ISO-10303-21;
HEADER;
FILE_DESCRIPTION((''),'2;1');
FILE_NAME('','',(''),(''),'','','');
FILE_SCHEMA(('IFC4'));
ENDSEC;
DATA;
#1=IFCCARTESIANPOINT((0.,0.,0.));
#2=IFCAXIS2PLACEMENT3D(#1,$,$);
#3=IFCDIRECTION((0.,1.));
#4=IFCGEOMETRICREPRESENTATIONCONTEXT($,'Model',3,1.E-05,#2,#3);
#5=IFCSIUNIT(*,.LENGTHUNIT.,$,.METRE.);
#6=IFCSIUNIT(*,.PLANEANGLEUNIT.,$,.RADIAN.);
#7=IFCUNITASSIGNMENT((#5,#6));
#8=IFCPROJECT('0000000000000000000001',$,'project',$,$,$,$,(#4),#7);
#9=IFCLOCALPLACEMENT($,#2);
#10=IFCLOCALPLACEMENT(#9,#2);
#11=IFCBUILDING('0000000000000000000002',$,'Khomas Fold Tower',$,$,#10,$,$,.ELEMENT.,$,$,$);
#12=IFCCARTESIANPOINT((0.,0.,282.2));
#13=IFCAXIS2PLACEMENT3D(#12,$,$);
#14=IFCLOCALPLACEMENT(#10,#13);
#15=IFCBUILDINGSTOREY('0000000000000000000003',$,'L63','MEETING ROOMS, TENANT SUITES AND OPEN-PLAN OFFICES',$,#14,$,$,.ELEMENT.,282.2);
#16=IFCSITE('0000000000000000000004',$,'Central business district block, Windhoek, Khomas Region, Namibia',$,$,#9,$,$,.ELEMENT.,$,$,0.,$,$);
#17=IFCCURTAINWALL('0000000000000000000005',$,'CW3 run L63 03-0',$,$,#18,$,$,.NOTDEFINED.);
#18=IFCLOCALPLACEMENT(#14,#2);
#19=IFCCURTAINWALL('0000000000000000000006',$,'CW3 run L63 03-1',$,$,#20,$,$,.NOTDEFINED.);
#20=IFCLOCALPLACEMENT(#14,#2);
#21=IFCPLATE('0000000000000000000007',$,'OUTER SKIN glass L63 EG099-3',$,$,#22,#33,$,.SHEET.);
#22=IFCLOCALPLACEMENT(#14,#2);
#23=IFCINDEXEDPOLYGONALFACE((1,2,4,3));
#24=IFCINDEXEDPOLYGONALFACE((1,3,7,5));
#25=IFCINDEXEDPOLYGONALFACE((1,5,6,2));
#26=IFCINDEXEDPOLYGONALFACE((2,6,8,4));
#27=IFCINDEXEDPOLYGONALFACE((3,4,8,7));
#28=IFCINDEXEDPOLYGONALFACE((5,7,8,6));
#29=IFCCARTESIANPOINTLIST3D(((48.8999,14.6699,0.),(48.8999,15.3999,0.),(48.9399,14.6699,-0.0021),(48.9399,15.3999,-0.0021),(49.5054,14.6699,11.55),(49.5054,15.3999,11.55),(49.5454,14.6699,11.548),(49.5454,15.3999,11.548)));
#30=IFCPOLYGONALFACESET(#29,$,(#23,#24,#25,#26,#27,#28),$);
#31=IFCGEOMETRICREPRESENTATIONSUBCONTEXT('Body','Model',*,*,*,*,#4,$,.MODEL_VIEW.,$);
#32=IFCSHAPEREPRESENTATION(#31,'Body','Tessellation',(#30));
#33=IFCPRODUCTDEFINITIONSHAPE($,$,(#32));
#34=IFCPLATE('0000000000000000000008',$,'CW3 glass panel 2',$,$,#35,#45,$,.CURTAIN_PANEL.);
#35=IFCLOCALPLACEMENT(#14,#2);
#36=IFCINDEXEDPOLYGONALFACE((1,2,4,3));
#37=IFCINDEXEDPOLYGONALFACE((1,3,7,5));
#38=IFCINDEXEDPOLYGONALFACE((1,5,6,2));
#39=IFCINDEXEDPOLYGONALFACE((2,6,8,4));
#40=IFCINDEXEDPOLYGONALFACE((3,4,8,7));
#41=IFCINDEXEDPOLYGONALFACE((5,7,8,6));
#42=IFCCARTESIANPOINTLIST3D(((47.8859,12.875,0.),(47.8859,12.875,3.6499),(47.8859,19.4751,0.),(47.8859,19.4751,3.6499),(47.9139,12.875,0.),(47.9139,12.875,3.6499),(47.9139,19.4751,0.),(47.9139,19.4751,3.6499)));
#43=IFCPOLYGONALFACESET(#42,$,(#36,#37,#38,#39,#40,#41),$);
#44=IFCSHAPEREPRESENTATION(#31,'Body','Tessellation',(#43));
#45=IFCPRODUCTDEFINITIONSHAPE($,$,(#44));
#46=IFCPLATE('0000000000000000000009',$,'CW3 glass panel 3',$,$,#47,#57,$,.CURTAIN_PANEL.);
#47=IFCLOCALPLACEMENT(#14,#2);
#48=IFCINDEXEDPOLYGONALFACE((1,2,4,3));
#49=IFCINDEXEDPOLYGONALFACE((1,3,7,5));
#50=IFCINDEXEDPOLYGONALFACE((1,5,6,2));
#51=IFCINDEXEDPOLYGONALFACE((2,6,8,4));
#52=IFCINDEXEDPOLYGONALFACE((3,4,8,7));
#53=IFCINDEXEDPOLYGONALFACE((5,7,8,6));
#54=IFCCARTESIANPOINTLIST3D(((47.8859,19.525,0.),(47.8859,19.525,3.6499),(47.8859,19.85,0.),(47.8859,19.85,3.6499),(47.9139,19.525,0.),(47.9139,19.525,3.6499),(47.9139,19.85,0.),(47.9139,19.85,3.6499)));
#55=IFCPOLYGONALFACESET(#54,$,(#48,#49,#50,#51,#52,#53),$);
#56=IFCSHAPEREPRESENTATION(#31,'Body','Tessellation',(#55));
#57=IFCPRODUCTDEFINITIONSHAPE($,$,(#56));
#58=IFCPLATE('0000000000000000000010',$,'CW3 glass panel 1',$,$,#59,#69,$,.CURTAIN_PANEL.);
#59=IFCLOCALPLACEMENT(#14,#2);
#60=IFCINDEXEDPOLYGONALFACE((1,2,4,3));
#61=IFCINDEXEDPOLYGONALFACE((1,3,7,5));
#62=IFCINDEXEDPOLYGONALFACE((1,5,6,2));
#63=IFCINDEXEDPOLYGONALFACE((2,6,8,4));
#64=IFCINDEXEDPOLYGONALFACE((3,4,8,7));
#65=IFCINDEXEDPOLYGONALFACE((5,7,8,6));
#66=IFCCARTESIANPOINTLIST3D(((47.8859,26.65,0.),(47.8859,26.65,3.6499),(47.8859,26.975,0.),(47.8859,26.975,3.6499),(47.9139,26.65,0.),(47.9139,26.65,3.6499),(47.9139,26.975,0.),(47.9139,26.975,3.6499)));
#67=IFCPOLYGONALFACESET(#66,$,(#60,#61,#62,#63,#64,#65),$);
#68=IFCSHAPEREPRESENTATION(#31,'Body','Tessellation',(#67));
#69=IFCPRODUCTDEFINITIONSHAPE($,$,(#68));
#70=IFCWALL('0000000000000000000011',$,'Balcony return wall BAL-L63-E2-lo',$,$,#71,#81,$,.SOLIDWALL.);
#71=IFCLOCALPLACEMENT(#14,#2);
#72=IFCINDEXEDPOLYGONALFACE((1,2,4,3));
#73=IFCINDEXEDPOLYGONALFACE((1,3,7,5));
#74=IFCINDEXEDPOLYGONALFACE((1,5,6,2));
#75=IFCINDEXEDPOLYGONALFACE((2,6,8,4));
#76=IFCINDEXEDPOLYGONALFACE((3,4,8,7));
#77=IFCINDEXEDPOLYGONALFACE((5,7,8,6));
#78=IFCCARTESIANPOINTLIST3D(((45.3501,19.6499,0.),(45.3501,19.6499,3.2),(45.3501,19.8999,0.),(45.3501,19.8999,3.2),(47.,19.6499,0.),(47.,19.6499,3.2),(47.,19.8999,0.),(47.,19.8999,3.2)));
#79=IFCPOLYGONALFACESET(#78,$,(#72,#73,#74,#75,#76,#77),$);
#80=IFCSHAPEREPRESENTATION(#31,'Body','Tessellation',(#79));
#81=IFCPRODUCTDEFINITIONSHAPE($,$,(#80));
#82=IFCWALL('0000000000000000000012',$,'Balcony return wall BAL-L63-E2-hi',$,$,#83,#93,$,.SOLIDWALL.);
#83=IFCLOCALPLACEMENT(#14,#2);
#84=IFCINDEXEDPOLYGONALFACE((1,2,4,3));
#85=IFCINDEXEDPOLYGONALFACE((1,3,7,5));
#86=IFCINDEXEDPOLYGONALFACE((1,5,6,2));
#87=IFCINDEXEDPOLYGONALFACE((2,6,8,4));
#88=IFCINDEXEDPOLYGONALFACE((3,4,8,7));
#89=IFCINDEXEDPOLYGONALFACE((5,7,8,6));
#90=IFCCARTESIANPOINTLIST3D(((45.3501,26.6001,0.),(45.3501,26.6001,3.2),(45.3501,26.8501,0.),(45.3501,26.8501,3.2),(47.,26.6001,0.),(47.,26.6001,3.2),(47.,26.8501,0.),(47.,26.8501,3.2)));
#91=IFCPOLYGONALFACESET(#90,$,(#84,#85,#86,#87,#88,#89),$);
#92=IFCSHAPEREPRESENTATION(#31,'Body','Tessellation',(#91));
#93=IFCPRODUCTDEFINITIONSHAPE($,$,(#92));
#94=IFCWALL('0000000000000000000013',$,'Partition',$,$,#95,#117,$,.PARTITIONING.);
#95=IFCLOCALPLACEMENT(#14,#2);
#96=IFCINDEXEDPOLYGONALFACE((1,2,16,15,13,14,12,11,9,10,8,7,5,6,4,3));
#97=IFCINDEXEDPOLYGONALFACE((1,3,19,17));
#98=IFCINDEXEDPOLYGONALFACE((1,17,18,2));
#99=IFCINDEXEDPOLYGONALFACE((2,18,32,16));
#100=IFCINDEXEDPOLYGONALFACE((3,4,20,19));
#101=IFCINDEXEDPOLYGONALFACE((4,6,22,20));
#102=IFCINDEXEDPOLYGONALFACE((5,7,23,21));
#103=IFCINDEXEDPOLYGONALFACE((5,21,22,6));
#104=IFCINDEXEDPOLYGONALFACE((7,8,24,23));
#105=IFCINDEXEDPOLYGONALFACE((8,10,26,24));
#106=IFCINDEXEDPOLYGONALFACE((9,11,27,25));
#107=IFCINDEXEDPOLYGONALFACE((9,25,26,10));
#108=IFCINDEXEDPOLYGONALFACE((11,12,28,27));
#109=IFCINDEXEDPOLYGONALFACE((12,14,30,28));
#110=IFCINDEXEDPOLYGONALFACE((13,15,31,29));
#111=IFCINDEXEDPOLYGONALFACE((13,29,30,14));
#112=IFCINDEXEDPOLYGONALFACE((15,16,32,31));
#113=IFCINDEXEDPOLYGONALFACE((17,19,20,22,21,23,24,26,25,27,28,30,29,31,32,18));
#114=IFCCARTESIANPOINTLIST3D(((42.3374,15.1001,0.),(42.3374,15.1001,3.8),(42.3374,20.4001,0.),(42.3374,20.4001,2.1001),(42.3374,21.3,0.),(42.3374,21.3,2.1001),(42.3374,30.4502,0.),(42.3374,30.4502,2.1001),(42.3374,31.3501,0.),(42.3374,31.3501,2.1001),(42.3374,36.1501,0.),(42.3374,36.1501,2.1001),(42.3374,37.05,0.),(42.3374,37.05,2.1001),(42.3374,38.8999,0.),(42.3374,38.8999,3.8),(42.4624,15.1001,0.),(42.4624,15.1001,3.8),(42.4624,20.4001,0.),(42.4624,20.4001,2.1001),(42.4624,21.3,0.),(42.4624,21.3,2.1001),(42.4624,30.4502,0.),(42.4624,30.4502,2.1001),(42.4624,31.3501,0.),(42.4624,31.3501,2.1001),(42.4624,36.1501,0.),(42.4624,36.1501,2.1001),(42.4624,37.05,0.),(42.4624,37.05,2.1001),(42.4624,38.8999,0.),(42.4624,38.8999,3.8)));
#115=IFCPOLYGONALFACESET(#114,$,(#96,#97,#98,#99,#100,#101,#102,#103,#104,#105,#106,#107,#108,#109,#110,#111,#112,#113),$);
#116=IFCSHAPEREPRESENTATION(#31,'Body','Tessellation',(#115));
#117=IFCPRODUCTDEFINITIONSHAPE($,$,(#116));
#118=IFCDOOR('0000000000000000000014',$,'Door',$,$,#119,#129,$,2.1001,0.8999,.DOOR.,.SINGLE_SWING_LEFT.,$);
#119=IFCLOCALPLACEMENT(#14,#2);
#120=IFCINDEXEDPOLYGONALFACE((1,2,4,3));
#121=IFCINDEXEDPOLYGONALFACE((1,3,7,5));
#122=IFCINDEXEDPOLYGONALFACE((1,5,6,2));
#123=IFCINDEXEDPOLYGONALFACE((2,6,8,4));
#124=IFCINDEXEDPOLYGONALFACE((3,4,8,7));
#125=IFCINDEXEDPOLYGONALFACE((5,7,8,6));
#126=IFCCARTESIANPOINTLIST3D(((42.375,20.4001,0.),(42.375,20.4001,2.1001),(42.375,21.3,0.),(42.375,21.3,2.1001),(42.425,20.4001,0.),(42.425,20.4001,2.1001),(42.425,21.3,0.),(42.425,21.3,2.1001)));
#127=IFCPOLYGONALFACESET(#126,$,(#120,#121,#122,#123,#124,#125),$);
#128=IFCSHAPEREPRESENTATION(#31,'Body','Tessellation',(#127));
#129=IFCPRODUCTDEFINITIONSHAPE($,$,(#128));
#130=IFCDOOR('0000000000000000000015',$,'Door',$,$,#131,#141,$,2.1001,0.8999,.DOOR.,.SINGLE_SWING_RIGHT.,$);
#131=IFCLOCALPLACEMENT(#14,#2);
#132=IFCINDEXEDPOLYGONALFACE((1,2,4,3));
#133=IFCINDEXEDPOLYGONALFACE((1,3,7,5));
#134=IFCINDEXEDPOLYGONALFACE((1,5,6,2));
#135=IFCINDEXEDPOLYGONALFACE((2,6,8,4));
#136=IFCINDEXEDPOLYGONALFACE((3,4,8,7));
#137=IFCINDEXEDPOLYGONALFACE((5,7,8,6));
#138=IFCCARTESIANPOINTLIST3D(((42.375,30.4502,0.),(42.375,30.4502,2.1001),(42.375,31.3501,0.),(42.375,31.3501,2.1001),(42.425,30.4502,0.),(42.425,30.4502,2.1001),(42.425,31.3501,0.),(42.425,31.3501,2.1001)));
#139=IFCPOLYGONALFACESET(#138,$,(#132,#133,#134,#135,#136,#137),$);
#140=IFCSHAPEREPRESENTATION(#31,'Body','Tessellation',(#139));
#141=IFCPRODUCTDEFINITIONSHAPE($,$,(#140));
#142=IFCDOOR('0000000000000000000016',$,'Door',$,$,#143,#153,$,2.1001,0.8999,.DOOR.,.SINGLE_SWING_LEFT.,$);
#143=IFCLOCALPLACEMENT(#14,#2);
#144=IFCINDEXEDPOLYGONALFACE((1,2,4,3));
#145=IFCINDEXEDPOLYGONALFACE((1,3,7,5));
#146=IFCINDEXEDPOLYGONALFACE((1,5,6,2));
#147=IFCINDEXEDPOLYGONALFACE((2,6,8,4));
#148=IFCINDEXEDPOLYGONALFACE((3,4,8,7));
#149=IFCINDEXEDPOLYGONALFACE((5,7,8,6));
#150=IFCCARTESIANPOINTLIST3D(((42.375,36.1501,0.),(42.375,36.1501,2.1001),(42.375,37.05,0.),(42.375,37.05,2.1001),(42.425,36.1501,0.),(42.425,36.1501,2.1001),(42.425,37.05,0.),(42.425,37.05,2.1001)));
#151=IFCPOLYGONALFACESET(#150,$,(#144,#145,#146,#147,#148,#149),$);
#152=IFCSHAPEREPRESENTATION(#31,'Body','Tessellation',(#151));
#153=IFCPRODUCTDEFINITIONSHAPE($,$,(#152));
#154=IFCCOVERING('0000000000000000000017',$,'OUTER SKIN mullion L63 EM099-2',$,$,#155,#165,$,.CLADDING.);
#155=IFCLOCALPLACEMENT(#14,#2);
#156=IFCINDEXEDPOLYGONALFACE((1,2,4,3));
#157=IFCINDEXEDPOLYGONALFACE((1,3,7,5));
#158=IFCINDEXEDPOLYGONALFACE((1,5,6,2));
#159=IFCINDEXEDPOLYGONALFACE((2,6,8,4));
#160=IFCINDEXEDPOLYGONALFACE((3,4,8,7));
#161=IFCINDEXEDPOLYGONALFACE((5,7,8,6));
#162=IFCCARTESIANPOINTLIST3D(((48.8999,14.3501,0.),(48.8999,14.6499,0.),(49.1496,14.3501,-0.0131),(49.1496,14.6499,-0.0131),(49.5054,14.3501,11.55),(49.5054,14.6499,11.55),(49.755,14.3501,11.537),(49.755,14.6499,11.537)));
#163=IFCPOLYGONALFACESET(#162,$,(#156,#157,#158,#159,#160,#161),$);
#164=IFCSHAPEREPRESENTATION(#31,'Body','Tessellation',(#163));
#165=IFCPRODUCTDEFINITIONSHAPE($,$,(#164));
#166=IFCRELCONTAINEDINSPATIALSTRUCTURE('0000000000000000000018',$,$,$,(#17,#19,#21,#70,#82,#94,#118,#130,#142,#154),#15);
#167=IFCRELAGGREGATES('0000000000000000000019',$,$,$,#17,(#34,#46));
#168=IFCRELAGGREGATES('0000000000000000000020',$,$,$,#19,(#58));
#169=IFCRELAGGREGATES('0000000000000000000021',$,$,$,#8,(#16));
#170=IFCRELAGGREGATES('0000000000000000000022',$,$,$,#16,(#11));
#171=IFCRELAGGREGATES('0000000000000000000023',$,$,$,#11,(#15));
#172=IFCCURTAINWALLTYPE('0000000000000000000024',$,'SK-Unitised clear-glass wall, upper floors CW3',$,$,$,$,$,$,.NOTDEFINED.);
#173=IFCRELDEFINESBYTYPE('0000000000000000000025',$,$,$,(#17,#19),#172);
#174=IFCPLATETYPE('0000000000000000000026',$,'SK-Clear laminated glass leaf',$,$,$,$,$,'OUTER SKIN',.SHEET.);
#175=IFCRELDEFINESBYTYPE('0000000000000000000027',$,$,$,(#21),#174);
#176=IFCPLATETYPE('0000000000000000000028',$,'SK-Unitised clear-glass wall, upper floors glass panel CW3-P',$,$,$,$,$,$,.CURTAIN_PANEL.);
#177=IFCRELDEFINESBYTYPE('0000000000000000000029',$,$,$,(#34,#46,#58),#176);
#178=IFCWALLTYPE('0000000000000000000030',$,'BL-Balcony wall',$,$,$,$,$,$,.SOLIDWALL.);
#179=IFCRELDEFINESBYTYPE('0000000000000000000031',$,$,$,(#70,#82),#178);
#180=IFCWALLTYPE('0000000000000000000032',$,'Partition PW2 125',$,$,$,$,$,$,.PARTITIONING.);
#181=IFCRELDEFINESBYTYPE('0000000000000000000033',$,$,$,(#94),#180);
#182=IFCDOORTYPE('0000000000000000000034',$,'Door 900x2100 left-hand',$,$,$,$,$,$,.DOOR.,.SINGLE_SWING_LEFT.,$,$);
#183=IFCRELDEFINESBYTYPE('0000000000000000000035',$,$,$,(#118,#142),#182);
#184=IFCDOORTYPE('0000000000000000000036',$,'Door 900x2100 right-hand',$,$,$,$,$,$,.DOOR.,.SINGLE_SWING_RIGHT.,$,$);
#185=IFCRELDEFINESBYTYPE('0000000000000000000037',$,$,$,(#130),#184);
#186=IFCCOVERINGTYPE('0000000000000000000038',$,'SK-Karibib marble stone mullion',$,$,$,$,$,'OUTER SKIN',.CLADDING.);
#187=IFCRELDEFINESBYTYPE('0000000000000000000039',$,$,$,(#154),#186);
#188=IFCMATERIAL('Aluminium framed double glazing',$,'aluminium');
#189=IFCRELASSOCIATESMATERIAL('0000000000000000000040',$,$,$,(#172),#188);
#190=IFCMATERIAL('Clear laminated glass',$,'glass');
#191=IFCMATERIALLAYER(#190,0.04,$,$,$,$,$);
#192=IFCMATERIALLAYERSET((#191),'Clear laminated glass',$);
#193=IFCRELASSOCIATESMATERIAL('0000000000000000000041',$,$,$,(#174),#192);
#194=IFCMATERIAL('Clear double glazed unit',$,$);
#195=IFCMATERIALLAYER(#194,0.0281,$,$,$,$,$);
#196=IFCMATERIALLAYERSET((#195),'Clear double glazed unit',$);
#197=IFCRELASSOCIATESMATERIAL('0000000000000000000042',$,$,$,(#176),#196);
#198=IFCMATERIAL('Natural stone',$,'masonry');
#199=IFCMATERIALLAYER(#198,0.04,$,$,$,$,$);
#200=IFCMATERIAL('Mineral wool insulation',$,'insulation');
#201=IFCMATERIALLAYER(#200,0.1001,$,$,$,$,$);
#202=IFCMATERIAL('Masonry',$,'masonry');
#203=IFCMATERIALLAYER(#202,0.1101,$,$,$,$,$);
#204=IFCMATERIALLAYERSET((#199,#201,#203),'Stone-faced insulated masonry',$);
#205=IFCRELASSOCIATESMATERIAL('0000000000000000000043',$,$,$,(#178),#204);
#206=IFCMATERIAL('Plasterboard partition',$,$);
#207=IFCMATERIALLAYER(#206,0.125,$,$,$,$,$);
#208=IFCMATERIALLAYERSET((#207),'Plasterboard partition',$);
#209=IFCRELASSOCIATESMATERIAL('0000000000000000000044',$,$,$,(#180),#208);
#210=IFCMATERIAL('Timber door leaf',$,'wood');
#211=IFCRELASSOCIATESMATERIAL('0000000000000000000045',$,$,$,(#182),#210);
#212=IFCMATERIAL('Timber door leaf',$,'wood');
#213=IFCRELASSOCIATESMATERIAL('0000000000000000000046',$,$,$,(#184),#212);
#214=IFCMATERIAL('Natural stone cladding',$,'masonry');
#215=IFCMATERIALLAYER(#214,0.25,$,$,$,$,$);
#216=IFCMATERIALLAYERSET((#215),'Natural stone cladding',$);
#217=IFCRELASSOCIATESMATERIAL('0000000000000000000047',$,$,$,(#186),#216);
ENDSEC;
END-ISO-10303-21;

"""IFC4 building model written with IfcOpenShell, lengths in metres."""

from ifc_helpers import new_model, si_unit, direction, frame, frame_2d, origin, origin_2d, place, context, subcontext, project, spatial, polyline, rectangle, outline, extrude, source, transform, mapped, material, layer, layer_set, type_object, element, fill, aggregate, save


model = new_model("IFC4")

# Units and contexts
model_context = context("Model", 3, precision=1e-05, world=origin(), true_north=direction((0.0, 1.0)))
body_context = subcontext(model_context, "Body", "Model", "MODEL_VIEW")
ifc_project = project(units=[si_unit("LENGTHUNIT", "METRE"), si_unit("PLANEANGLEUNIT", "RADIAN")], contexts=[model_context])

# Site, building, storey
site_placement = place(None, origin())
site = spatial("IfcSite", under=ifc_project, at=site_placement, Name="Central business district block, Windhoek, Khomas Region, Namibia", CompositionType="ELEMENT", RefElevation=0.0)
building_placement = place(site_placement, origin())
building = spatial("IfcBuilding", under=site, at=building_placement, Name="Khomas Fold Tower", CompositionType="ELEMENT")
storey_placement = place(building_placement, frame((0.0, 0.0, 282.2)))
storey = spatial("IfcBuildingStorey", under=building, at=storey_placement, Name="L63", Description="MEETING ROOMS, TENANT SUITES AND OPEN-PLAN OFFICES", CompositionType="ELEMENT", Elevation=282.2)

# Curtain wall
ifc_material_1 = material(Name="Aluminium framed double glazing", Category="aluminium")
curtain_wall_type = type_object("IfcCurtainWallType", Name="SK-Unitised clear-glass wall, upper floors CW3", PredefinedType="NOTDEFINED", material=ifc_material_1)
curtain_wall_1_placement = place(storey_placement, origin())
curtain_wall_1 = element("IfcCurtainWall", 1, at=curtain_wall_1_placement, inside=storey, type_object=curtain_wall_type, Name="CW3 run L63 03-0", PredefinedType="NOTDEFINED")

# Curtain wall
curtain_wall_2_placement = place(storey_placement, origin())
curtain_wall_2 = element("IfcCurtainWall", 2, at=curtain_wall_2_placement, inside=storey, type_object=curtain_wall_type, Name="CW3 run L63 03-1", PredefinedType="NOTDEFINED")

# Plates
ifc_material_2 = material(Name="Clear laminated glass", Category="glass")
ifc_layer_1 = layer(ifc_material_2, 0.04)
ifc_layer_set_1 = layer_set([ifc_layer_1], Name="Clear laminated glass")
plate_type_1 = type_object("IfcPlateType", Name="SK-Clear laminated glass leaf", ElementType="OUTER SKIN", PredefinedType="SHEET", material=ifc_layer_set_1)
plate_1_placement = place(storey_placement, frame((48.8999, 15.3999, 0.0), z_axis=(-0.998629, 0.0, 0.052349), x_axis=(0.0, -1.0, 0.0)))
element("IfcPlate", 3, at=plate_1_placement, inside=storey, type_object=plate_type_1, Name="OUTER SKIN glass L63 EG099-3", PredefinedType="SHEET", context=body_context, shape_type="SweptSolid", body=[
    extrude(outline(polyline([(0.0, 0.0), (0.73, 0.0), (0.73, 11.5659), (0.0, 11.5659), (0.0, 0.0)])), origin(), (0.0, 0.0, -1.0), 0.04),
])
ifc_material_3 = material(Name="Clear double glazed unit")
ifc_layer_2 = layer(ifc_material_3, 0.0281)
ifc_layer_set_2 = layer_set([ifc_layer_2], Name="Clear double glazed unit")
plate_type_2 = type_object("IfcPlateType", Name="SK-Unitised clear-glass wall, upper floors glass panel CW3-P", PredefinedType="CURTAIN_PANEL", material=ifc_layer_set_2)
shared_shape_1 = source(origin(), body_context, "Body", "SweptSolid", [
    extrude(rectangle(XDim=6.6001, YDim=0.0281, at=origin_2d()), origin(), (0.0, 0.0, 1.0), 3.6499),
])
plate_2_placement = place(storey_placement, frame((47.8999, 16.175, 0.0), z_axis=(0.0, 0.0, 1.0), x_axis=(0.0, 1.0, 0.0)))
plate_2 = element("IfcPlate", 4, at=plate_2_placement, type_object=plate_type_2, Name="CW3 glass panel 2", PredefinedType="CURTAIN_PANEL", context=body_context, shape_type="MappedRepresentation", body=[
    mapped(shared_shape_1, transform((0.0, 0.0, 0.0))),
])
shared_shape_2 = source(origin(), body_context, "Body", "SweptSolid", [
    extrude(rectangle(XDim=0.325, YDim=0.0281, at=origin_2d()), origin(), (0.0, 0.0, 1.0), 3.6499),
])
plate_3_placement = place(storey_placement, frame((47.8999, 19.6875, 0.0), z_axis=(0.0, 0.0, 1.0), x_axis=(0.0, 1.0, 0.0)))
plate_3 = element("IfcPlate", 5, at=plate_3_placement, type_object=plate_type_2, Name="CW3 glass panel 3", PredefinedType="CURTAIN_PANEL", context=body_context, shape_type="MappedRepresentation", body=[
    mapped(shared_shape_2, transform((0.0, 0.0, 0.0))),
])
aggregate(curtain_wall_1, [plate_2, plate_3])
plate_4_placement = place(storey_placement, frame((47.8999, 26.8125, 0.0), z_axis=(0.0, 0.0, 1.0), x_axis=(0.0, 1.0, 0.0)))
plate_4 = element("IfcPlate", 6, at=plate_4_placement, type_object=plate_type_2, Name="CW3 glass panel 1", PredefinedType="CURTAIN_PANEL", context=body_context, shape_type="MappedRepresentation", body=[
    mapped(shared_shape_2, transform((0.0, 0.0, 0.0))),
])
aggregate(curtain_wall_2, [plate_4])

# Shared definitions
ifc_material_4 = material(Name="Natural stone", Category="masonry")
ifc_layer_3 = layer(ifc_material_4, 0.04)
ifc_material_5 = material(Name="Mineral wool insulation", Category="insulation")
ifc_layer_4 = layer(ifc_material_5, 0.1001)
ifc_material_6 = material(Name="Masonry", Category="masonry")
ifc_layer_5 = layer(ifc_material_6, 0.1101)
ifc_layer_set_3 = layer_set([ifc_layer_3, ifc_layer_4, ifc_layer_5], Name="Stone-faced insulated masonry")
wall_type_1 = type_object("IfcWallType", Name="BL-Balcony wall", PredefinedType="SOLIDWALL", material=ifc_layer_set_3)

# Walls
shared_shape_3 = source(origin(), body_context, "Body", "SweptSolid", [
    extrude(rectangle(XDim=1.6499, YDim=0.25, at=frame_2d((0.825, 0.0))), origin(), (0.0, 0.0, 1.0), 3.2),
])
for number, where, z_axis, x_axis, name in (
    (7, (47.0, 19.7749, 0.0), (0.0, 0.0, 1.0), (-1.0, 0.0, 0.0), "Balcony return wall BAL-L63-E2-lo"),
    (8, (47.0, 26.7251, 0.0), (0.0, 0.0, 1.0), (-1.0, 0.0, 0.0), "Balcony return wall BAL-L63-E2-hi"),
):
    element("IfcWall", number, at=place(storey_placement, frame(where, z_axis=z_axis, x_axis=x_axis)), inside=storey, type_object=wall_type_1, Name=name, PredefinedType="SOLIDWALL", context=body_context, shape_type="MappedRepresentation", body=[
        mapped(shared_shape_3, transform((0.0, 0.0, 0.0))),
    ])

# Wall, openings, doors
ifc_material_7 = material(Name="Plasterboard partition")
ifc_layer_6 = layer(ifc_material_7, 0.125)
ifc_layer_set_4 = layer_set([ifc_layer_6], Name="Plasterboard partition")
wall_type_2 = type_object("IfcWallType", Name="Partition PW2 125", PredefinedType="PARTITIONING", material=ifc_layer_set_4)
shared_shape_4 = source(origin(), body_context, "Body", "SweptSolid", [
    extrude(rectangle(XDim=23.7998, YDim=0.125, at=frame_2d((11.8999, 0.0))), origin(), (0.0, 0.0, 1.0), 3.8),
])
wall_1_placement = place(storey_placement, frame((42.3999, 15.1001, 0.0), z_axis=(0.0, 0.0, 1.0), x_axis=(0.0, 1.0, 0.0)))
wall_1 = element("IfcWall", 9, at=wall_1_placement, inside=storey, type_object=wall_type_2, Name="Partition", PredefinedType="PARTITIONING", context=body_context, shape_type="MappedRepresentation", body=[
    mapped(shared_shape_4, transform((0.0, 0.0, 0.0))),
])
shared_shape_5 = source(origin(), body_context, "Body", "SweptSolid", [
    extrude(rectangle(XDim=0.8999, YDim=2.1001, at=frame_2d((0.45, 1.05))), frame((0.0, 0.0725, 0.0), z_axis=(0.0, -1.0, 0.0), x_axis=(1.0, 0.0, 0.0)), (0.0, 0.0, 1.0), 0.145),
])
opening_1_placement = place(wall_1_placement, frame((5.3, 0.0, 0.0)))
opening_1 = element("IfcOpeningElement", 10, at=opening_1_placement, cuts=wall_1, PredefinedType="OPENING", context=body_context, shape_type="MappedRepresentation", body=[
    mapped(shared_shape_5, transform((0.0, 0.0, 0.0))),
])
opening_2_placement = place(wall_1_placement, frame((15.3501, 0.0, 0.0)))
opening_2 = element("IfcOpeningElement", 11, at=opening_2_placement, cuts=wall_1, PredefinedType="OPENING", context=body_context, shape_type="MappedRepresentation", body=[
    mapped(shared_shape_5, transform((0.0, 0.0, 0.0))),
])
opening_3_placement = place(wall_1_placement, frame((21.05, 0.0, 0.0)))
opening_3 = element("IfcOpeningElement", 12, at=opening_3_placement, cuts=wall_1, PredefinedType="OPENING", context=body_context, shape_type="MappedRepresentation", body=[
    mapped(shared_shape_5, transform((0.0, 0.0, 0.0))),
])
ifc_material_8 = material(Name="Timber door leaf", Category="wood")
door_type_1 = type_object("IfcDoorType", Name="Door 900x2100 left-hand", OperationType="SINGLE_SWING_LEFT", PredefinedType="DOOR", material=ifc_material_8)
shared_shape_6 = source(origin(), body_context, "Body", "SweptSolid", [
    extrude(rectangle(XDim=0.8999, YDim=2.1001, at=frame_2d((0.45, 1.05))), frame((0.0, 0.0249, 0.0), z_axis=(0.0, -1.0, 0.0), x_axis=(1.0, 0.0, 0.0)), (0.0, 0.0, 1.0), 0.05),
])
door_1_placement = place(opening_1_placement, origin())
door_1 = element("IfcDoor", 13, at=door_1_placement, inside=storey, type_object=door_type_1, Name="Door", OperationType="SINGLE_SWING_LEFT", OverallHeight=2.1001, OverallWidth=0.8999, PredefinedType="DOOR", context=body_context, shape_type="MappedRepresentation", body=[
    mapped(shared_shape_6, transform((0.0, 0.0, 0.0))),
])
fill(opening_1, door_1)
ifc_material_9 = material(Name="Timber door leaf", Category="wood")
door_type_2 = type_object("IfcDoorType", Name="Door 900x2100 right-hand", OperationType="SINGLE_SWING_RIGHT", PredefinedType="DOOR", material=ifc_material_9)
door_2_placement = place(opening_2_placement, origin())
door_2 = element("IfcDoor", 14, at=door_2_placement, inside=storey, type_object=door_type_2, Name="Door", OperationType="SINGLE_SWING_RIGHT", OverallHeight=2.1001, OverallWidth=0.8999, PredefinedType="DOOR", context=body_context, shape_type="MappedRepresentation", body=[
    mapped(shared_shape_6, transform((0.0, 0.0, 0.0))),
])
fill(opening_2, door_2)
door_3_placement = place(opening_3_placement, origin())
door_3 = element("IfcDoor", 15, at=door_3_placement, inside=storey, type_object=door_type_1, Name="Door", OperationType="SINGLE_SWING_LEFT", OverallHeight=2.1001, OverallWidth=0.8999, PredefinedType="DOOR", context=body_context, shape_type="MappedRepresentation", body=[
    mapped(shared_shape_6, transform((0.0, 0.0, 0.0))),
])
fill(opening_3, door_3)

# Covering
ifc_material_10 = material(Name="Natural stone cladding", Category="masonry")
ifc_layer_7 = layer(ifc_material_10, 0.25)
ifc_layer_set_5 = layer_set([ifc_layer_7], Name="Natural stone cladding")
covering_type_1 = type_object("IfcCoveringType", Name="SK-Karibib marble stone mullion", ElementType="OUTER SKIN", PredefinedType="CLADDING", material=ifc_layer_set_5)
covering_1_placement = place(storey_placement, frame((48.8999, 14.3501, 0.0), z_axis=(-0.998629, 0.0, 0.052349), x_axis=(0.052349, 0.0, 0.998629)))
element("IfcCovering", 16, at=covering_1_placement, inside=storey, type_object=covering_type_1, Name="OUTER SKIN mullion L63 EM099-2", PredefinedType="CLADDING", context=body_context, shape_type="SweptSolid", body=[
    extrude(outline(polyline([(0.0, 0.0), (11.5659, 0.0), (11.5659, 0.2998), (0.0, 0.2998), (0.0, 0.0)])), origin(), (0.0, 0.0, -1.0), 0.25),
])

save(model, "model.ifc")
